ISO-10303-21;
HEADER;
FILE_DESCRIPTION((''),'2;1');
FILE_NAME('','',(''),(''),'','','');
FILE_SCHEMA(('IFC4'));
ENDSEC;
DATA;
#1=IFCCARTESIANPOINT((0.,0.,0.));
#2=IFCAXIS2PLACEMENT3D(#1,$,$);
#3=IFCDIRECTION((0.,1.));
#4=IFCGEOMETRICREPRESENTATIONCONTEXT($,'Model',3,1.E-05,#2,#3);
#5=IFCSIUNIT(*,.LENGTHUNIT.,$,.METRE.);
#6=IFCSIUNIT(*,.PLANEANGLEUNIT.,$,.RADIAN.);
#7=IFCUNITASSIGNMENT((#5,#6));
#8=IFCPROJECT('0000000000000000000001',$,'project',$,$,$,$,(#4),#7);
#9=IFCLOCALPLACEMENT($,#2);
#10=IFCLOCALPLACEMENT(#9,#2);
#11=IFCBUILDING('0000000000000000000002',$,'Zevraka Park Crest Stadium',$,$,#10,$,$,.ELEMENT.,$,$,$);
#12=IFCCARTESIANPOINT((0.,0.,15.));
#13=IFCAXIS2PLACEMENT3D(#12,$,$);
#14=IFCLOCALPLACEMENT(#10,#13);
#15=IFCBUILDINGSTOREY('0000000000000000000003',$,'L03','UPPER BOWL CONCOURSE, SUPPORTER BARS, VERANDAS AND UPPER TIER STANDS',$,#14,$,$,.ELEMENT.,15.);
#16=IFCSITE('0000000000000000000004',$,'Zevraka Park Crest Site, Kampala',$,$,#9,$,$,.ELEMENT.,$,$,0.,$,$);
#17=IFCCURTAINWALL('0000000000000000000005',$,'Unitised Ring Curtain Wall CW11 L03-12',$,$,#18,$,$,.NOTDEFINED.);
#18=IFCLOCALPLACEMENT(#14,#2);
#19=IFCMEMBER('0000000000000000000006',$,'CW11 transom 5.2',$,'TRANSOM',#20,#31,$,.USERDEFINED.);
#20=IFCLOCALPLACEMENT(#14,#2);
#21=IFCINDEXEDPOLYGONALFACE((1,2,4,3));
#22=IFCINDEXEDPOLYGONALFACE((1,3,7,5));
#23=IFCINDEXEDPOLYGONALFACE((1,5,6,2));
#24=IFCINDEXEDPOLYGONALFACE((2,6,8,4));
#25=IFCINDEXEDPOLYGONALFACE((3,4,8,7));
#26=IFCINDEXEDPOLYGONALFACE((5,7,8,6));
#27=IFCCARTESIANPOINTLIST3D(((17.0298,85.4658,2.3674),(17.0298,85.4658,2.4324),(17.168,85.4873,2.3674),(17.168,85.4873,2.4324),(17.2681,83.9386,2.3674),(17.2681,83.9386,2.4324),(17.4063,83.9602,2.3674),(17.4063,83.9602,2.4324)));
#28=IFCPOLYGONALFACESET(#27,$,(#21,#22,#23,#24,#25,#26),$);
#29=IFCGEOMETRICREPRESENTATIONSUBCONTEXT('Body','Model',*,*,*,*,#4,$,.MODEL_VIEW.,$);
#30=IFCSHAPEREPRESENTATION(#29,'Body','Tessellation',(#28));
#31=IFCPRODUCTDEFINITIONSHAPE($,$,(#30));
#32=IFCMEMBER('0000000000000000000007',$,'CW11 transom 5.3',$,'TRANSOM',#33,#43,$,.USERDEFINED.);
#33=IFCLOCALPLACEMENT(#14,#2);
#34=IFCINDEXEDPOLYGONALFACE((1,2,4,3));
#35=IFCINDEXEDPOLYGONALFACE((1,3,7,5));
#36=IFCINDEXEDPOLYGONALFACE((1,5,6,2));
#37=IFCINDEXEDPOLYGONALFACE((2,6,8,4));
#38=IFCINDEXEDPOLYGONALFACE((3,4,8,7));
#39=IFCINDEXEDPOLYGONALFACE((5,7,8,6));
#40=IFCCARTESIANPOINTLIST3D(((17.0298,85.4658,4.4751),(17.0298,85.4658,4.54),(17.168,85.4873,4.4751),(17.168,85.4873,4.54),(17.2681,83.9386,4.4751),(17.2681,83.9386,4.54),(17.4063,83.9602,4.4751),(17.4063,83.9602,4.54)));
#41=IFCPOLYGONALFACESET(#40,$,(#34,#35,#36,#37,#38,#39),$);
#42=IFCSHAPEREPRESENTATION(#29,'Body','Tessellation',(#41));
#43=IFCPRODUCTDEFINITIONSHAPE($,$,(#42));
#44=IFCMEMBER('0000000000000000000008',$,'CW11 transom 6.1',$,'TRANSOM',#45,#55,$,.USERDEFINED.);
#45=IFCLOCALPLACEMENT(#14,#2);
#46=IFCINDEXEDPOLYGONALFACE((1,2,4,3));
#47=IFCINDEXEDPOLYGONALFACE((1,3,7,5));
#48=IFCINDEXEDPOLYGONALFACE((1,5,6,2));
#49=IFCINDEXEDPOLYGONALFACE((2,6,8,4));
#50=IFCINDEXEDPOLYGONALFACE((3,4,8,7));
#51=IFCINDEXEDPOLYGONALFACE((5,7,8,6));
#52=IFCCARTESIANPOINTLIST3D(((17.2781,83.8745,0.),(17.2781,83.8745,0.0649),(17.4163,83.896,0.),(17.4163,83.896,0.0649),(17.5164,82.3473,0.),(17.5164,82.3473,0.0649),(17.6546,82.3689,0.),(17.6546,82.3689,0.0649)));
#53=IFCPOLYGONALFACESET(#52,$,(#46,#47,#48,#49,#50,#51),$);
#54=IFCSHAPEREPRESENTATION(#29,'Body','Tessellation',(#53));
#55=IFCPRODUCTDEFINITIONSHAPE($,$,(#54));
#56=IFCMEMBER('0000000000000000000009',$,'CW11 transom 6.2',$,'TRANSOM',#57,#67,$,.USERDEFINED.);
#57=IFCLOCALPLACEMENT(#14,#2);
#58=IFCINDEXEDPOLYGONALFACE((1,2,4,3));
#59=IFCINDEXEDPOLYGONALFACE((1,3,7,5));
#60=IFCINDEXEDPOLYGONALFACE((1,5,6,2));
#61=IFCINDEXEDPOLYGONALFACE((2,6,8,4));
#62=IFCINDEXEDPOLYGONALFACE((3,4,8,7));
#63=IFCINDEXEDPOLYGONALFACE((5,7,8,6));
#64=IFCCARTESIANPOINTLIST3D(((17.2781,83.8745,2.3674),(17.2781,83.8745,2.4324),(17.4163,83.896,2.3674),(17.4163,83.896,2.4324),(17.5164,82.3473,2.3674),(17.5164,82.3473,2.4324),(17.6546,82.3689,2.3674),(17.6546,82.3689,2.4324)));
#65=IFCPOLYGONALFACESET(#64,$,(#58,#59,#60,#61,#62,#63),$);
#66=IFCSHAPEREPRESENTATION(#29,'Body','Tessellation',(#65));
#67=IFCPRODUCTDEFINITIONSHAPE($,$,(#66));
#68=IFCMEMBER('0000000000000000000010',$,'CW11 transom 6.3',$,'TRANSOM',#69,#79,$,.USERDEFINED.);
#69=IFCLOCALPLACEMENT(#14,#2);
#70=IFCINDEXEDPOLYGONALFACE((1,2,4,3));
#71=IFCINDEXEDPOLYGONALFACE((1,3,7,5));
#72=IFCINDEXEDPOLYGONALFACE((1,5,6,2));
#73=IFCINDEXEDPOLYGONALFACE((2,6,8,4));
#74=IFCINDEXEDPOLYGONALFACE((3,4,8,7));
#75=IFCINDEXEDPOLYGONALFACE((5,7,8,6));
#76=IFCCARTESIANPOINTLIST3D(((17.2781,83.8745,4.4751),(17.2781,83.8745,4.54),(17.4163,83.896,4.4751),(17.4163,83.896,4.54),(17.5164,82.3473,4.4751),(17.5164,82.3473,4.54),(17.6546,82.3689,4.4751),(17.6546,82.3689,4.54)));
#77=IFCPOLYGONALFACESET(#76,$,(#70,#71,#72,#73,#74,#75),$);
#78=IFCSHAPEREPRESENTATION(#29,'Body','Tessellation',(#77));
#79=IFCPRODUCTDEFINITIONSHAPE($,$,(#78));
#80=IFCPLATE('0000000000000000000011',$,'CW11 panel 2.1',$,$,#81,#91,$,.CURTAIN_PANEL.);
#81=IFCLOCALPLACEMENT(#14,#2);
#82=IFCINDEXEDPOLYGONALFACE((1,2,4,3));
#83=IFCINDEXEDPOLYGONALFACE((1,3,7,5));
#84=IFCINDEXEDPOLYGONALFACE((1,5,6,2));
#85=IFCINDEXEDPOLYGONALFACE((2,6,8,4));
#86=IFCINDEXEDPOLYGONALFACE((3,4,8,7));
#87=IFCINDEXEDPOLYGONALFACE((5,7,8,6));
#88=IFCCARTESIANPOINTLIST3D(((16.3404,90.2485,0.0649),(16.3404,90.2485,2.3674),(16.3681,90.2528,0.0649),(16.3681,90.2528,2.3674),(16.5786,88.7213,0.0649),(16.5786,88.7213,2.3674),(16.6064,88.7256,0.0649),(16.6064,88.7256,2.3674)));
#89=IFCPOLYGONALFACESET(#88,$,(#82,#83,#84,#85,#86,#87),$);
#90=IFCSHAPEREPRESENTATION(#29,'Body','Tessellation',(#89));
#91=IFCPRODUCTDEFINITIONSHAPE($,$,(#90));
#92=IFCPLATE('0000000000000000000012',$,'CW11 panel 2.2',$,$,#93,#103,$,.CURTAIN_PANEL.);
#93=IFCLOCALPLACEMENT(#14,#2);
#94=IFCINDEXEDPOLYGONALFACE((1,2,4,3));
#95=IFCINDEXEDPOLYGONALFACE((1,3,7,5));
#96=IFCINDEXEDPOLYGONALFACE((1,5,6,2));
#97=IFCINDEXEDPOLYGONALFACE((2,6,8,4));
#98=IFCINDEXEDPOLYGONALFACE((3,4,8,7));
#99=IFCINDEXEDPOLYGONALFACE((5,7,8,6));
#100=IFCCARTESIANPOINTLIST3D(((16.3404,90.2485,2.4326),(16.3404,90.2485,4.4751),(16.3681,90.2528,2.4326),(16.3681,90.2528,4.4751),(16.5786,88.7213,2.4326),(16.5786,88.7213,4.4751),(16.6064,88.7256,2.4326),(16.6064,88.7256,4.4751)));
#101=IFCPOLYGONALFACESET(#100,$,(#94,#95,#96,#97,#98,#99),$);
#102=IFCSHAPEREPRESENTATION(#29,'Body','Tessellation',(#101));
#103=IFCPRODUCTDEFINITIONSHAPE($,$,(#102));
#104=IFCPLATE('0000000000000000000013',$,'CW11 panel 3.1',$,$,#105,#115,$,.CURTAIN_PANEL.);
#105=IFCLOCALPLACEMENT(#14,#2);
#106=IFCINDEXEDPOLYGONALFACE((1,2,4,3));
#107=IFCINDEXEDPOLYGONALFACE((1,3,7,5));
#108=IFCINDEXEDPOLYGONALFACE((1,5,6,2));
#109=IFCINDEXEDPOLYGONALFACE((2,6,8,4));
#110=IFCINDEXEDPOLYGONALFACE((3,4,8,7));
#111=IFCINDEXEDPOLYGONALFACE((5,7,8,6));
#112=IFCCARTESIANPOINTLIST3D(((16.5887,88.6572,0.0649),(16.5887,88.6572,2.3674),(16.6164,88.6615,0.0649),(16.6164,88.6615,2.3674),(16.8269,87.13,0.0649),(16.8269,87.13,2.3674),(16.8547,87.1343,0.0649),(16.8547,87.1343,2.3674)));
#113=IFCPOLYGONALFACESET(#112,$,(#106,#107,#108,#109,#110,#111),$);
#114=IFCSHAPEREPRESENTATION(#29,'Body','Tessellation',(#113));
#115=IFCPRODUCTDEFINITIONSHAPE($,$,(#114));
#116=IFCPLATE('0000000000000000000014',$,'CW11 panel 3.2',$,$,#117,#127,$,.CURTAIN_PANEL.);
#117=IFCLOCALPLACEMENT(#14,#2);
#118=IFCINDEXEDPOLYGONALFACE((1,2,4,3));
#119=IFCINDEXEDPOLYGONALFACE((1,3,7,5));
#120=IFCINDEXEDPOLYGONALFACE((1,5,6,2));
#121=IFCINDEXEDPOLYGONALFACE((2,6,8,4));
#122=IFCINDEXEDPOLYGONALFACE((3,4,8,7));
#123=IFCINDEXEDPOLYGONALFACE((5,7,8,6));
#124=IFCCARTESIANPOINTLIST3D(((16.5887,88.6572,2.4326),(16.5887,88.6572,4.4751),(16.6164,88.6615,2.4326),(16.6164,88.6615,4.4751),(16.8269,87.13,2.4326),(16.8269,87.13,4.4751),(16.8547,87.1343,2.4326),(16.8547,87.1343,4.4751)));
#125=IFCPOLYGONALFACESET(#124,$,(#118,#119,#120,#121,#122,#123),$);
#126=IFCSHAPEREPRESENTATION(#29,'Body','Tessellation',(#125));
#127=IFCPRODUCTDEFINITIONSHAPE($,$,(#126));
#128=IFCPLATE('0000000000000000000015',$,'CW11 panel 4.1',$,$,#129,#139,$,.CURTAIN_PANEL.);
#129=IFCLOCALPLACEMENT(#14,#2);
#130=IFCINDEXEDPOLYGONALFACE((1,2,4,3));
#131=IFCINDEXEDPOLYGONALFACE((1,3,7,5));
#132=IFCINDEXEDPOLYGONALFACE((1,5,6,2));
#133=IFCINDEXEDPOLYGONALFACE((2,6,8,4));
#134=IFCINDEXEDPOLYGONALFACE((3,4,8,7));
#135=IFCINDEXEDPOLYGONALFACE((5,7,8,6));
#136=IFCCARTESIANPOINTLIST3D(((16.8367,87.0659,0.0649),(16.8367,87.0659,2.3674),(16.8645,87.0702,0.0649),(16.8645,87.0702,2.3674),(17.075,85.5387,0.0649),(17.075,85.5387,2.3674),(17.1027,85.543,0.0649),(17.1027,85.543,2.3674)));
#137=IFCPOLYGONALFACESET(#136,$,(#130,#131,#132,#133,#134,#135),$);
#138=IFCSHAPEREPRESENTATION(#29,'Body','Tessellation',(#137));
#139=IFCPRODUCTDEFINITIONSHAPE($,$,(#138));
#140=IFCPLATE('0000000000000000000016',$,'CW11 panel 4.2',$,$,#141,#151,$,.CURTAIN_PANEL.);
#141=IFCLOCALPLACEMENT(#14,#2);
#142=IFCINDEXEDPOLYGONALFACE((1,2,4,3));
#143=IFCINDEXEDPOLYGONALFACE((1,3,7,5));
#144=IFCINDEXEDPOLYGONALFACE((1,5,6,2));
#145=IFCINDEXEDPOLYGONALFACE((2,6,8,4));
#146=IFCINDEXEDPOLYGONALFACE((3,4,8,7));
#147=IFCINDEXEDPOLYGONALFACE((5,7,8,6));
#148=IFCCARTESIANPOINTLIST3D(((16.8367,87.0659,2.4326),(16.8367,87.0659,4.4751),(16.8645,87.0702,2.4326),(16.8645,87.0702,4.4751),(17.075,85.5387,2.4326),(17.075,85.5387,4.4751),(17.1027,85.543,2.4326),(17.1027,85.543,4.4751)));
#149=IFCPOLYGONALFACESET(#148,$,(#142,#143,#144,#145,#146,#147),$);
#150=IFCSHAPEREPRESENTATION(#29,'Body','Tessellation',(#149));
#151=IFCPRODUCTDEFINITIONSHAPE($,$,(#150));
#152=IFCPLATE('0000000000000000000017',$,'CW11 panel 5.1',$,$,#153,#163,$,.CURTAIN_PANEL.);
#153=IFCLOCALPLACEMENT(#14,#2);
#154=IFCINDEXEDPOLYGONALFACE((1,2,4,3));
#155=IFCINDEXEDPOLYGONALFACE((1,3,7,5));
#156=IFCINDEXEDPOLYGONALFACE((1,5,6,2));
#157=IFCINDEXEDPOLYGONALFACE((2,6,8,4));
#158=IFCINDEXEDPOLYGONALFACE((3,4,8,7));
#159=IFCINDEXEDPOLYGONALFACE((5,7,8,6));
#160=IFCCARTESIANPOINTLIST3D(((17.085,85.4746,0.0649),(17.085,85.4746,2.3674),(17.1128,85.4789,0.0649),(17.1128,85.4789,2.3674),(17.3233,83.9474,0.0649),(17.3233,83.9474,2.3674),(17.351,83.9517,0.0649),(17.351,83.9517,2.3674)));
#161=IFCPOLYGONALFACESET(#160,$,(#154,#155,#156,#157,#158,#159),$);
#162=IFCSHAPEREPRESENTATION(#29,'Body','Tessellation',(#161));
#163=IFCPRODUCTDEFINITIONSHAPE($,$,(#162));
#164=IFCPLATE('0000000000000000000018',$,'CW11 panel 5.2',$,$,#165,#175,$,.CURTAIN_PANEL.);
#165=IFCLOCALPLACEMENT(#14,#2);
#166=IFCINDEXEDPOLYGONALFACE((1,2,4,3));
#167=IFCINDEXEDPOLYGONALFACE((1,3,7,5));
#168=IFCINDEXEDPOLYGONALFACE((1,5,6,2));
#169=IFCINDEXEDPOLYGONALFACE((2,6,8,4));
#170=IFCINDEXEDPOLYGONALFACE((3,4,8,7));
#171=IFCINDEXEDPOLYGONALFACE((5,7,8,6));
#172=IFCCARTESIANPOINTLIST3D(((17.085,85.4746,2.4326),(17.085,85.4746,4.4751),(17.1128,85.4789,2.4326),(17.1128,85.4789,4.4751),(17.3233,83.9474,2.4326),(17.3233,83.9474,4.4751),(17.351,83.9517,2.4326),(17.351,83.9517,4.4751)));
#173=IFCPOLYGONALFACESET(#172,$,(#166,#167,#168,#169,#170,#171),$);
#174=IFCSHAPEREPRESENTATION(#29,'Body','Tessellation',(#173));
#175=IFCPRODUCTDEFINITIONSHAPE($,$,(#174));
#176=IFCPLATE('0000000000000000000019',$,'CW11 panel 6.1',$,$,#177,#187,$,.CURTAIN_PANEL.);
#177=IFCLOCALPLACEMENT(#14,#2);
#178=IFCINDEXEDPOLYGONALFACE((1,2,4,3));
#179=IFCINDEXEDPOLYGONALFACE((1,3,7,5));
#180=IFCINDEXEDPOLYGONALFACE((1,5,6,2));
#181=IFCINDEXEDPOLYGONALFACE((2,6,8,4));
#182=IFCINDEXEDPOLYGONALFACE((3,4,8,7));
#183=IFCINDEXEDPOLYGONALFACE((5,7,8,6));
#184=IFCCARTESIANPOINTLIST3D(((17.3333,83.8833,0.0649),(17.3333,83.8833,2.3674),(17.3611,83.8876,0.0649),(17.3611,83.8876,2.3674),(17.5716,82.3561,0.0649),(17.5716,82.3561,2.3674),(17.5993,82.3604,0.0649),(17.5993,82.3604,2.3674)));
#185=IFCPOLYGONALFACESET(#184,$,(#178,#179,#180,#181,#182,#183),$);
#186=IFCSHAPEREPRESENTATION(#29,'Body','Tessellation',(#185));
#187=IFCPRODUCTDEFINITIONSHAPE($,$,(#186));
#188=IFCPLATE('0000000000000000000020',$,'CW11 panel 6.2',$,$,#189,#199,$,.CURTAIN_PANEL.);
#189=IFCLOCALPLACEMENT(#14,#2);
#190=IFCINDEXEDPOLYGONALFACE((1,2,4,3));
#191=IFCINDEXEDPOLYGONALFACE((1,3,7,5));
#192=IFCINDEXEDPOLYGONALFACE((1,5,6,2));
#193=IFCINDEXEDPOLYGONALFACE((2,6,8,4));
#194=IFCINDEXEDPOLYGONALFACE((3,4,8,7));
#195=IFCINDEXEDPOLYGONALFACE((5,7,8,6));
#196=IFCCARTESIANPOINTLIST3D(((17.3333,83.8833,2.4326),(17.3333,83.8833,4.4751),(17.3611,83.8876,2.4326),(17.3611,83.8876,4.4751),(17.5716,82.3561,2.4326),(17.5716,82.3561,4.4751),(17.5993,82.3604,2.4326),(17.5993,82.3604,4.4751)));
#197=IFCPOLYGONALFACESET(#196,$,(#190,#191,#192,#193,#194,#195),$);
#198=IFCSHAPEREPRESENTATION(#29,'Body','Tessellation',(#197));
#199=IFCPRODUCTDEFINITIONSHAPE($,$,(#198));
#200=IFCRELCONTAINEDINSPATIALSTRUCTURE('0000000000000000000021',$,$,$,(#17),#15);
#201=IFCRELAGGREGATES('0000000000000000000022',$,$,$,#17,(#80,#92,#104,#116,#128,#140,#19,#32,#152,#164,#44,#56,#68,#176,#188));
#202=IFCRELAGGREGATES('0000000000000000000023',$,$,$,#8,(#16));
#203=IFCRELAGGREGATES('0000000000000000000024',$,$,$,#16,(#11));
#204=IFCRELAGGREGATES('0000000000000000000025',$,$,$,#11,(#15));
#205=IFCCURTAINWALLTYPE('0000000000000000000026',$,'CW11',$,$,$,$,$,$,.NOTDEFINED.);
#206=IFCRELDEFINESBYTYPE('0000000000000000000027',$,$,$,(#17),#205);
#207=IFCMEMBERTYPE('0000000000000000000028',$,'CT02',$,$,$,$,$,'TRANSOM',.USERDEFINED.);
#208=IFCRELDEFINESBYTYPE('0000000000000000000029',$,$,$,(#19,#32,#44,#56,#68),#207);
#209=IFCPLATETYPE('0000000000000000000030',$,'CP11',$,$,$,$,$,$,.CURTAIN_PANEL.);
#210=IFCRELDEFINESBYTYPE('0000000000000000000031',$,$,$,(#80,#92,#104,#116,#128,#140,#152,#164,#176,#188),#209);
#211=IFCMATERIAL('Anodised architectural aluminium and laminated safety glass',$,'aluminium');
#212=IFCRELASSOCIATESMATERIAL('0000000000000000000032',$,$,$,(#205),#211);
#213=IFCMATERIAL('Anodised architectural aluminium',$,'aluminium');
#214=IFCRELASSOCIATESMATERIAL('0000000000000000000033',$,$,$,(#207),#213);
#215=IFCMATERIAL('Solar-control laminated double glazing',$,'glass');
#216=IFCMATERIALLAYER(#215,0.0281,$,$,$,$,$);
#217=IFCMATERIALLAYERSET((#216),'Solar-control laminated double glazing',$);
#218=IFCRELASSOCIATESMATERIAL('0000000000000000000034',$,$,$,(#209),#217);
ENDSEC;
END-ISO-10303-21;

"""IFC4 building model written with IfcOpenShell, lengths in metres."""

from ifc_helpers import new_model, si_unit, direction, frame, origin, origin_2d, place, context, subcontext, project, spatial, rectangle, extrude, material, layer, layer_set, material_profile, profile_set, type_object, element, aggregate, save


model = new_model("IFC4")

# Units and contexts
model_context = context("Model", 3, precision=1e-05, world=origin(), true_north=direction((0.0, 1.0)))
body_context = subcontext(model_context, "Body", "Model", "MODEL_VIEW")
ifc_project = project(units=[si_unit("LENGTHUNIT", "METRE"), si_unit("PLANEANGLEUNIT", "RADIAN")], contexts=[model_context])

# Site, building, storey
site_placement = place(None, origin())
site = spatial("IfcSite", under=ifc_project, at=site_placement, Name="Zevraka Park Crest Site, Kampala", CompositionType="ELEMENT", RefElevation=0.0)
building_placement = place(site_placement, origin())
building = spatial("IfcBuilding", under=site, at=building_placement, Name="Zevraka Park Crest Stadium", CompositionType="ELEMENT")
storey_placement = place(building_placement, frame((0.0, 0.0, 15.0)))
storey = spatial("IfcBuildingStorey", under=building, at=storey_placement, Name="L03", Description="UPPER BOWL CONCOURSE, SUPPORTER BARS, VERANDAS AND UPPER TIER STANDS", CompositionType="ELEMENT", Elevation=15.0)

# Curtain wall, members, plates
ifc_material_1 = material(Name="Anodised architectural aluminium and laminated safety glass", Category="aluminium")
curtain_wall_type = type_object("IfcCurtainWallType", Name="CW11", PredefinedType="NOTDEFINED", material=ifc_material_1)
curtain_wall_placement = place(storey_placement, origin())
curtain_wall = element("IfcCurtainWall", 1, at=curtain_wall_placement, inside=storey, type_object=curtain_wall_type, Name="Unitised Ring Curtain Wall CW11 L03-12", PredefinedType="NOTDEFINED")
ifc_material_2 = material(Name="Anodised architectural aluminium", Category="aluminium")
ifc_material_profile_1 = material_profile(ifc_material_2, rectangle(XDim=0.1399, YDim=0.0649, at=origin_2d()), Name="ALU TRANSOM 140x65")
ifc_profile_set_1 = profile_set([ifc_material_profile_1], Name="Anodised architectural aluminium")
member_type_1 = type_object("IfcMemberType", Name="CT02", ElementType="TRANSOM", PredefinedType="USERDEFINED", material=ifc_profile_set_1)
member_1_placement = place(storey_placement, frame((17.0989, 85.4766, 2.3999), z_axis=(0.15417, -0.988044, 0.0), x_axis=(0.988044, 0.15417, 0.0)))
member_1 = element("IfcMember", 2, at=member_1_placement, type_object=member_type_1, Name="CW11 transom 5.2", ObjectType="TRANSOM", PredefinedType="USERDEFINED", context=body_context, shape_type="SweptSolid", body=[
    extrude(rectangle(XDim=0.1399, YDim=0.0649, at=origin_2d()), origin(), (0.0, 0.0, 1.0), 1.5457),
])
member_2_placement = place(storey_placement, frame((17.0989, 85.4766, 4.5076), z_axis=(0.15417, -0.988044, 0.0), x_axis=(0.988044, 0.15417, 0.0)))
member_2 = element("IfcMember", 3, at=member_2_placement, type_object=member_type_1, Name="CW11 transom 5.3", ObjectType="TRANSOM", PredefinedType="USERDEFINED", context=body_context, shape_type="SweptSolid", body=[
    extrude(rectangle(XDim=0.1399, YDim=0.0649, at=origin_2d()), origin(), (0.0, 0.0, 1.0), 1.5457),
])
member_3_placement = place(storey_placement, frame((17.3472, 83.8853, 0.0325), z_axis=(0.15417, -0.988044, 0.0), x_axis=(0.988044, 0.15417, 0.0)))
member_3 = element("IfcMember", 4, at=member_3_placement, type_object=member_type_1, Name="CW11 transom 6.1", ObjectType="TRANSOM", PredefinedType="USERDEFINED", context=body_context, shape_type="SweptSolid", body=[
    extrude(rectangle(XDim=0.1399, YDim=0.0649, at=origin_2d()), origin(), (0.0, 0.0, 1.0), 1.5457),
])
member_4_placement = place(storey_placement, frame((17.3472, 83.8853, 2.3999), z_axis=(0.15417, -0.988044, 0.0), x_axis=(0.988044, 0.15417, 0.0)))
member_4 = element("IfcMember", 5, at=member_4_placement, type_object=member_type_1, Name="CW11 transom 6.2", ObjectType="TRANSOM", PredefinedType="USERDEFINED", context=body_context, shape_type="SweptSolid", body=[
    extrude(rectangle(XDim=0.1399, YDim=0.0649, at=origin_2d()), origin(), (0.0, 0.0, 1.0), 1.5457),
])
member_5_placement = place(storey_placement, frame((17.3472, 83.8853, 4.5076), z_axis=(0.15417, -0.988044, 0.0), x_axis=(0.988044, 0.15417, 0.0)))
member_5 = element("IfcMember", 6, at=member_5_placement, type_object=member_type_1, Name="CW11 transom 6.3", ObjectType="TRANSOM", PredefinedType="USERDEFINED", context=body_context, shape_type="SweptSolid", body=[
    extrude(rectangle(XDim=0.1399, YDim=0.0649, at=origin_2d()), origin(), (0.0, 0.0, 1.0), 1.5457),
])
ifc_material_3 = material(Name="Solar-control laminated double glazing", Category="glass")
ifc_layer_1 = layer(ifc_material_3, 0.0281)
ifc_layer_set_1 = layer_set([ifc_layer_1], Name="Solar-control laminated double glazing")
plate_type = type_object("IfcPlateType", Name="CP11", PredefinedType="CURTAIN_PANEL", material=ifc_layer_set_1)
plate_1_placement = place(storey_placement, frame((16.4734, 89.4871, 0.0649), z_axis=(0.0, 0.0, 1.0), x_axis=(0.154128, -0.988051, 0.0)))
plate_1 = element("IfcPlate", 7, at=plate_1_placement, type_object=plate_type, Name="CW11 panel 2.1", PredefinedType="CURTAIN_PANEL", context=body_context, shape_type="SweptSolid", body=[
    extrude(rectangle(XDim=1.5457, YDim=0.0281, at=origin_2d()), origin(), (0.0, 0.0, 1.0), 2.3025),
])
plate_2_placement = place(storey_placement, frame((16.4734, 89.4871, 2.4326), z_axis=(0.0, 0.0, 1.0), x_axis=(0.154128, -0.988051, 0.0)))
plate_2 = element("IfcPlate", 8, at=plate_2_placement, type_object=plate_type, Name="CW11 panel 2.2", PredefinedType="CURTAIN_PANEL", context=body_context, shape_type="SweptSolid", body=[
    extrude(rectangle(XDim=1.5457, YDim=0.0281, at=origin_2d()), origin(), (0.0, 0.0, 1.0), 2.0425),
])
plate_3_placement = place(storey_placement, frame((16.7217, 87.8958, 0.0649), z_axis=(0.0, 0.0, 1.0), x_axis=(0.154128, -0.988051, 0.0)))
plate_3 = element("IfcPlate", 9, at=plate_3_placement, type_object=plate_type, Name="CW11 panel 3.1", PredefinedType="CURTAIN_PANEL", context=body_context, shape_type="SweptSolid", body=[
    extrude(rectangle(XDim=1.5457, YDim=0.0281, at=origin_2d()), origin(), (0.0, 0.0, 1.0), 2.3025),
])
plate_4_placement = place(storey_placement, frame((16.7217, 87.8958, 2.4326), z_axis=(0.0, 0.0, 1.0), x_axis=(0.154128, -0.988051, 0.0)))
plate_4 = element("IfcPlate", 10, at=plate_4_placement, type_object=plate_type, Name="CW11 panel 3.2", PredefinedType="CURTAIN_PANEL", context=body_context, shape_type="SweptSolid", body=[
    extrude(rectangle(XDim=1.5457, YDim=0.0281, at=origin_2d()), origin(), (0.0, 0.0, 1.0), 2.0425),
])
plate_5_placement = place(storey_placement, frame((16.9697, 86.3044, 0.0649), z_axis=(0.0, 0.0, 1.0), x_axis=(0.154128, -0.988051, 0.0)))
plate_5 = element("IfcPlate", 11, at=plate_5_placement, type_object=plate_type, Name="CW11 panel 4.1", PredefinedType="CURTAIN_PANEL", context=body_context, shape_type="SweptSolid", body=[
    extrude(rectangle(XDim=1.5457, YDim=0.0281, at=origin_2d()), origin(), (0.0, 0.0, 1.0), 2.3025),
])
plate_6_placement = place(storey_placement, frame((16.9697, 86.3044, 2.4326), z_axis=(0.0, 0.0, 1.0), x_axis=(0.154128, -0.988051, 0.0)))
plate_6 = element("IfcPlate", 12, at=plate_6_placement, type_object=plate_type, Name="CW11 panel 4.2", PredefinedType="CURTAIN_PANEL", context=body_context, shape_type="SweptSolid", body=[
    extrude(rectangle(XDim=1.5457, YDim=0.0281, at=origin_2d()), origin(), (0.0, 0.0, 1.0), 2.0425),
])
plate_7_placement = place(storey_placement, frame((17.218, 84.7131, 0.0649), z_axis=(0.0, 0.0, 1.0), x_axis=(0.154128, -0.988051, 0.0)))
plate_7 = element("IfcPlate", 13, at=plate_7_placement, type_object=plate_type, Name="CW11 panel 5.1", PredefinedType="CURTAIN_PANEL", context=body_context, shape_type="SweptSolid", body=[
    extrude(rectangle(XDim=1.5457, YDim=0.0281, at=origin_2d()), origin(), (0.0, 0.0, 1.0), 2.3025),
])
plate_8_placement = place(storey_placement, frame((17.218, 84.7131, 2.4326), z_axis=(0.0, 0.0, 1.0), x_axis=(0.154128, -0.988051, 0.0)))
plate_8 = element("IfcPlate", 14, at=plate_8_placement, type_object=plate_type, Name="CW11 panel 5.2", PredefinedType="CURTAIN_PANEL", context=body_context, shape_type="SweptSolid", body=[
    extrude(rectangle(XDim=1.5457, YDim=0.0281, at=origin_2d()), origin(), (0.0, 0.0, 1.0), 2.0425),
])
plate_9_placement = place(storey_placement, frame((17.4663, 83.1218, 0.0649), z_axis=(0.0, 0.0, 1.0), x_axis=(0.154128, -0.988051, 0.0)))
plate_9 = element("IfcPlate", 15, at=plate_9_placement, type_object=plate_type, Name="CW11 panel 6.1", PredefinedType="CURTAIN_PANEL", context=body_context, shape_type="SweptSolid", body=[
    extrude(rectangle(XDim=1.5457, YDim=0.0281, at=origin_2d()), origin(), (0.0, 0.0, 1.0), 2.3025),
])
plate_10_placement = place(storey_placement, frame((17.4663, 83.1218, 2.4326), z_axis=(0.0, 0.0, 1.0), x_axis=(0.154128, -0.988051, 0.0)))
plate_10 = element("IfcPlate", 16, at=plate_10_placement, type_object=plate_type, Name="CW11 panel 6.2", PredefinedType="CURTAIN_PANEL", context=body_context, shape_type="SweptSolid", body=[
    extrude(rectangle(XDim=1.5457, YDim=0.0281, at=origin_2d()), origin(), (0.0, 0.0, 1.0), 2.0425),
])
aggregate(curtain_wall, [plate_1, plate_2, plate_3, plate_4, plate_5, plate_6, member_1, member_2, plate_7, plate_8, member_3, member_4, member_5, plate_9, plate_10])

save(model, "model.ifc")
